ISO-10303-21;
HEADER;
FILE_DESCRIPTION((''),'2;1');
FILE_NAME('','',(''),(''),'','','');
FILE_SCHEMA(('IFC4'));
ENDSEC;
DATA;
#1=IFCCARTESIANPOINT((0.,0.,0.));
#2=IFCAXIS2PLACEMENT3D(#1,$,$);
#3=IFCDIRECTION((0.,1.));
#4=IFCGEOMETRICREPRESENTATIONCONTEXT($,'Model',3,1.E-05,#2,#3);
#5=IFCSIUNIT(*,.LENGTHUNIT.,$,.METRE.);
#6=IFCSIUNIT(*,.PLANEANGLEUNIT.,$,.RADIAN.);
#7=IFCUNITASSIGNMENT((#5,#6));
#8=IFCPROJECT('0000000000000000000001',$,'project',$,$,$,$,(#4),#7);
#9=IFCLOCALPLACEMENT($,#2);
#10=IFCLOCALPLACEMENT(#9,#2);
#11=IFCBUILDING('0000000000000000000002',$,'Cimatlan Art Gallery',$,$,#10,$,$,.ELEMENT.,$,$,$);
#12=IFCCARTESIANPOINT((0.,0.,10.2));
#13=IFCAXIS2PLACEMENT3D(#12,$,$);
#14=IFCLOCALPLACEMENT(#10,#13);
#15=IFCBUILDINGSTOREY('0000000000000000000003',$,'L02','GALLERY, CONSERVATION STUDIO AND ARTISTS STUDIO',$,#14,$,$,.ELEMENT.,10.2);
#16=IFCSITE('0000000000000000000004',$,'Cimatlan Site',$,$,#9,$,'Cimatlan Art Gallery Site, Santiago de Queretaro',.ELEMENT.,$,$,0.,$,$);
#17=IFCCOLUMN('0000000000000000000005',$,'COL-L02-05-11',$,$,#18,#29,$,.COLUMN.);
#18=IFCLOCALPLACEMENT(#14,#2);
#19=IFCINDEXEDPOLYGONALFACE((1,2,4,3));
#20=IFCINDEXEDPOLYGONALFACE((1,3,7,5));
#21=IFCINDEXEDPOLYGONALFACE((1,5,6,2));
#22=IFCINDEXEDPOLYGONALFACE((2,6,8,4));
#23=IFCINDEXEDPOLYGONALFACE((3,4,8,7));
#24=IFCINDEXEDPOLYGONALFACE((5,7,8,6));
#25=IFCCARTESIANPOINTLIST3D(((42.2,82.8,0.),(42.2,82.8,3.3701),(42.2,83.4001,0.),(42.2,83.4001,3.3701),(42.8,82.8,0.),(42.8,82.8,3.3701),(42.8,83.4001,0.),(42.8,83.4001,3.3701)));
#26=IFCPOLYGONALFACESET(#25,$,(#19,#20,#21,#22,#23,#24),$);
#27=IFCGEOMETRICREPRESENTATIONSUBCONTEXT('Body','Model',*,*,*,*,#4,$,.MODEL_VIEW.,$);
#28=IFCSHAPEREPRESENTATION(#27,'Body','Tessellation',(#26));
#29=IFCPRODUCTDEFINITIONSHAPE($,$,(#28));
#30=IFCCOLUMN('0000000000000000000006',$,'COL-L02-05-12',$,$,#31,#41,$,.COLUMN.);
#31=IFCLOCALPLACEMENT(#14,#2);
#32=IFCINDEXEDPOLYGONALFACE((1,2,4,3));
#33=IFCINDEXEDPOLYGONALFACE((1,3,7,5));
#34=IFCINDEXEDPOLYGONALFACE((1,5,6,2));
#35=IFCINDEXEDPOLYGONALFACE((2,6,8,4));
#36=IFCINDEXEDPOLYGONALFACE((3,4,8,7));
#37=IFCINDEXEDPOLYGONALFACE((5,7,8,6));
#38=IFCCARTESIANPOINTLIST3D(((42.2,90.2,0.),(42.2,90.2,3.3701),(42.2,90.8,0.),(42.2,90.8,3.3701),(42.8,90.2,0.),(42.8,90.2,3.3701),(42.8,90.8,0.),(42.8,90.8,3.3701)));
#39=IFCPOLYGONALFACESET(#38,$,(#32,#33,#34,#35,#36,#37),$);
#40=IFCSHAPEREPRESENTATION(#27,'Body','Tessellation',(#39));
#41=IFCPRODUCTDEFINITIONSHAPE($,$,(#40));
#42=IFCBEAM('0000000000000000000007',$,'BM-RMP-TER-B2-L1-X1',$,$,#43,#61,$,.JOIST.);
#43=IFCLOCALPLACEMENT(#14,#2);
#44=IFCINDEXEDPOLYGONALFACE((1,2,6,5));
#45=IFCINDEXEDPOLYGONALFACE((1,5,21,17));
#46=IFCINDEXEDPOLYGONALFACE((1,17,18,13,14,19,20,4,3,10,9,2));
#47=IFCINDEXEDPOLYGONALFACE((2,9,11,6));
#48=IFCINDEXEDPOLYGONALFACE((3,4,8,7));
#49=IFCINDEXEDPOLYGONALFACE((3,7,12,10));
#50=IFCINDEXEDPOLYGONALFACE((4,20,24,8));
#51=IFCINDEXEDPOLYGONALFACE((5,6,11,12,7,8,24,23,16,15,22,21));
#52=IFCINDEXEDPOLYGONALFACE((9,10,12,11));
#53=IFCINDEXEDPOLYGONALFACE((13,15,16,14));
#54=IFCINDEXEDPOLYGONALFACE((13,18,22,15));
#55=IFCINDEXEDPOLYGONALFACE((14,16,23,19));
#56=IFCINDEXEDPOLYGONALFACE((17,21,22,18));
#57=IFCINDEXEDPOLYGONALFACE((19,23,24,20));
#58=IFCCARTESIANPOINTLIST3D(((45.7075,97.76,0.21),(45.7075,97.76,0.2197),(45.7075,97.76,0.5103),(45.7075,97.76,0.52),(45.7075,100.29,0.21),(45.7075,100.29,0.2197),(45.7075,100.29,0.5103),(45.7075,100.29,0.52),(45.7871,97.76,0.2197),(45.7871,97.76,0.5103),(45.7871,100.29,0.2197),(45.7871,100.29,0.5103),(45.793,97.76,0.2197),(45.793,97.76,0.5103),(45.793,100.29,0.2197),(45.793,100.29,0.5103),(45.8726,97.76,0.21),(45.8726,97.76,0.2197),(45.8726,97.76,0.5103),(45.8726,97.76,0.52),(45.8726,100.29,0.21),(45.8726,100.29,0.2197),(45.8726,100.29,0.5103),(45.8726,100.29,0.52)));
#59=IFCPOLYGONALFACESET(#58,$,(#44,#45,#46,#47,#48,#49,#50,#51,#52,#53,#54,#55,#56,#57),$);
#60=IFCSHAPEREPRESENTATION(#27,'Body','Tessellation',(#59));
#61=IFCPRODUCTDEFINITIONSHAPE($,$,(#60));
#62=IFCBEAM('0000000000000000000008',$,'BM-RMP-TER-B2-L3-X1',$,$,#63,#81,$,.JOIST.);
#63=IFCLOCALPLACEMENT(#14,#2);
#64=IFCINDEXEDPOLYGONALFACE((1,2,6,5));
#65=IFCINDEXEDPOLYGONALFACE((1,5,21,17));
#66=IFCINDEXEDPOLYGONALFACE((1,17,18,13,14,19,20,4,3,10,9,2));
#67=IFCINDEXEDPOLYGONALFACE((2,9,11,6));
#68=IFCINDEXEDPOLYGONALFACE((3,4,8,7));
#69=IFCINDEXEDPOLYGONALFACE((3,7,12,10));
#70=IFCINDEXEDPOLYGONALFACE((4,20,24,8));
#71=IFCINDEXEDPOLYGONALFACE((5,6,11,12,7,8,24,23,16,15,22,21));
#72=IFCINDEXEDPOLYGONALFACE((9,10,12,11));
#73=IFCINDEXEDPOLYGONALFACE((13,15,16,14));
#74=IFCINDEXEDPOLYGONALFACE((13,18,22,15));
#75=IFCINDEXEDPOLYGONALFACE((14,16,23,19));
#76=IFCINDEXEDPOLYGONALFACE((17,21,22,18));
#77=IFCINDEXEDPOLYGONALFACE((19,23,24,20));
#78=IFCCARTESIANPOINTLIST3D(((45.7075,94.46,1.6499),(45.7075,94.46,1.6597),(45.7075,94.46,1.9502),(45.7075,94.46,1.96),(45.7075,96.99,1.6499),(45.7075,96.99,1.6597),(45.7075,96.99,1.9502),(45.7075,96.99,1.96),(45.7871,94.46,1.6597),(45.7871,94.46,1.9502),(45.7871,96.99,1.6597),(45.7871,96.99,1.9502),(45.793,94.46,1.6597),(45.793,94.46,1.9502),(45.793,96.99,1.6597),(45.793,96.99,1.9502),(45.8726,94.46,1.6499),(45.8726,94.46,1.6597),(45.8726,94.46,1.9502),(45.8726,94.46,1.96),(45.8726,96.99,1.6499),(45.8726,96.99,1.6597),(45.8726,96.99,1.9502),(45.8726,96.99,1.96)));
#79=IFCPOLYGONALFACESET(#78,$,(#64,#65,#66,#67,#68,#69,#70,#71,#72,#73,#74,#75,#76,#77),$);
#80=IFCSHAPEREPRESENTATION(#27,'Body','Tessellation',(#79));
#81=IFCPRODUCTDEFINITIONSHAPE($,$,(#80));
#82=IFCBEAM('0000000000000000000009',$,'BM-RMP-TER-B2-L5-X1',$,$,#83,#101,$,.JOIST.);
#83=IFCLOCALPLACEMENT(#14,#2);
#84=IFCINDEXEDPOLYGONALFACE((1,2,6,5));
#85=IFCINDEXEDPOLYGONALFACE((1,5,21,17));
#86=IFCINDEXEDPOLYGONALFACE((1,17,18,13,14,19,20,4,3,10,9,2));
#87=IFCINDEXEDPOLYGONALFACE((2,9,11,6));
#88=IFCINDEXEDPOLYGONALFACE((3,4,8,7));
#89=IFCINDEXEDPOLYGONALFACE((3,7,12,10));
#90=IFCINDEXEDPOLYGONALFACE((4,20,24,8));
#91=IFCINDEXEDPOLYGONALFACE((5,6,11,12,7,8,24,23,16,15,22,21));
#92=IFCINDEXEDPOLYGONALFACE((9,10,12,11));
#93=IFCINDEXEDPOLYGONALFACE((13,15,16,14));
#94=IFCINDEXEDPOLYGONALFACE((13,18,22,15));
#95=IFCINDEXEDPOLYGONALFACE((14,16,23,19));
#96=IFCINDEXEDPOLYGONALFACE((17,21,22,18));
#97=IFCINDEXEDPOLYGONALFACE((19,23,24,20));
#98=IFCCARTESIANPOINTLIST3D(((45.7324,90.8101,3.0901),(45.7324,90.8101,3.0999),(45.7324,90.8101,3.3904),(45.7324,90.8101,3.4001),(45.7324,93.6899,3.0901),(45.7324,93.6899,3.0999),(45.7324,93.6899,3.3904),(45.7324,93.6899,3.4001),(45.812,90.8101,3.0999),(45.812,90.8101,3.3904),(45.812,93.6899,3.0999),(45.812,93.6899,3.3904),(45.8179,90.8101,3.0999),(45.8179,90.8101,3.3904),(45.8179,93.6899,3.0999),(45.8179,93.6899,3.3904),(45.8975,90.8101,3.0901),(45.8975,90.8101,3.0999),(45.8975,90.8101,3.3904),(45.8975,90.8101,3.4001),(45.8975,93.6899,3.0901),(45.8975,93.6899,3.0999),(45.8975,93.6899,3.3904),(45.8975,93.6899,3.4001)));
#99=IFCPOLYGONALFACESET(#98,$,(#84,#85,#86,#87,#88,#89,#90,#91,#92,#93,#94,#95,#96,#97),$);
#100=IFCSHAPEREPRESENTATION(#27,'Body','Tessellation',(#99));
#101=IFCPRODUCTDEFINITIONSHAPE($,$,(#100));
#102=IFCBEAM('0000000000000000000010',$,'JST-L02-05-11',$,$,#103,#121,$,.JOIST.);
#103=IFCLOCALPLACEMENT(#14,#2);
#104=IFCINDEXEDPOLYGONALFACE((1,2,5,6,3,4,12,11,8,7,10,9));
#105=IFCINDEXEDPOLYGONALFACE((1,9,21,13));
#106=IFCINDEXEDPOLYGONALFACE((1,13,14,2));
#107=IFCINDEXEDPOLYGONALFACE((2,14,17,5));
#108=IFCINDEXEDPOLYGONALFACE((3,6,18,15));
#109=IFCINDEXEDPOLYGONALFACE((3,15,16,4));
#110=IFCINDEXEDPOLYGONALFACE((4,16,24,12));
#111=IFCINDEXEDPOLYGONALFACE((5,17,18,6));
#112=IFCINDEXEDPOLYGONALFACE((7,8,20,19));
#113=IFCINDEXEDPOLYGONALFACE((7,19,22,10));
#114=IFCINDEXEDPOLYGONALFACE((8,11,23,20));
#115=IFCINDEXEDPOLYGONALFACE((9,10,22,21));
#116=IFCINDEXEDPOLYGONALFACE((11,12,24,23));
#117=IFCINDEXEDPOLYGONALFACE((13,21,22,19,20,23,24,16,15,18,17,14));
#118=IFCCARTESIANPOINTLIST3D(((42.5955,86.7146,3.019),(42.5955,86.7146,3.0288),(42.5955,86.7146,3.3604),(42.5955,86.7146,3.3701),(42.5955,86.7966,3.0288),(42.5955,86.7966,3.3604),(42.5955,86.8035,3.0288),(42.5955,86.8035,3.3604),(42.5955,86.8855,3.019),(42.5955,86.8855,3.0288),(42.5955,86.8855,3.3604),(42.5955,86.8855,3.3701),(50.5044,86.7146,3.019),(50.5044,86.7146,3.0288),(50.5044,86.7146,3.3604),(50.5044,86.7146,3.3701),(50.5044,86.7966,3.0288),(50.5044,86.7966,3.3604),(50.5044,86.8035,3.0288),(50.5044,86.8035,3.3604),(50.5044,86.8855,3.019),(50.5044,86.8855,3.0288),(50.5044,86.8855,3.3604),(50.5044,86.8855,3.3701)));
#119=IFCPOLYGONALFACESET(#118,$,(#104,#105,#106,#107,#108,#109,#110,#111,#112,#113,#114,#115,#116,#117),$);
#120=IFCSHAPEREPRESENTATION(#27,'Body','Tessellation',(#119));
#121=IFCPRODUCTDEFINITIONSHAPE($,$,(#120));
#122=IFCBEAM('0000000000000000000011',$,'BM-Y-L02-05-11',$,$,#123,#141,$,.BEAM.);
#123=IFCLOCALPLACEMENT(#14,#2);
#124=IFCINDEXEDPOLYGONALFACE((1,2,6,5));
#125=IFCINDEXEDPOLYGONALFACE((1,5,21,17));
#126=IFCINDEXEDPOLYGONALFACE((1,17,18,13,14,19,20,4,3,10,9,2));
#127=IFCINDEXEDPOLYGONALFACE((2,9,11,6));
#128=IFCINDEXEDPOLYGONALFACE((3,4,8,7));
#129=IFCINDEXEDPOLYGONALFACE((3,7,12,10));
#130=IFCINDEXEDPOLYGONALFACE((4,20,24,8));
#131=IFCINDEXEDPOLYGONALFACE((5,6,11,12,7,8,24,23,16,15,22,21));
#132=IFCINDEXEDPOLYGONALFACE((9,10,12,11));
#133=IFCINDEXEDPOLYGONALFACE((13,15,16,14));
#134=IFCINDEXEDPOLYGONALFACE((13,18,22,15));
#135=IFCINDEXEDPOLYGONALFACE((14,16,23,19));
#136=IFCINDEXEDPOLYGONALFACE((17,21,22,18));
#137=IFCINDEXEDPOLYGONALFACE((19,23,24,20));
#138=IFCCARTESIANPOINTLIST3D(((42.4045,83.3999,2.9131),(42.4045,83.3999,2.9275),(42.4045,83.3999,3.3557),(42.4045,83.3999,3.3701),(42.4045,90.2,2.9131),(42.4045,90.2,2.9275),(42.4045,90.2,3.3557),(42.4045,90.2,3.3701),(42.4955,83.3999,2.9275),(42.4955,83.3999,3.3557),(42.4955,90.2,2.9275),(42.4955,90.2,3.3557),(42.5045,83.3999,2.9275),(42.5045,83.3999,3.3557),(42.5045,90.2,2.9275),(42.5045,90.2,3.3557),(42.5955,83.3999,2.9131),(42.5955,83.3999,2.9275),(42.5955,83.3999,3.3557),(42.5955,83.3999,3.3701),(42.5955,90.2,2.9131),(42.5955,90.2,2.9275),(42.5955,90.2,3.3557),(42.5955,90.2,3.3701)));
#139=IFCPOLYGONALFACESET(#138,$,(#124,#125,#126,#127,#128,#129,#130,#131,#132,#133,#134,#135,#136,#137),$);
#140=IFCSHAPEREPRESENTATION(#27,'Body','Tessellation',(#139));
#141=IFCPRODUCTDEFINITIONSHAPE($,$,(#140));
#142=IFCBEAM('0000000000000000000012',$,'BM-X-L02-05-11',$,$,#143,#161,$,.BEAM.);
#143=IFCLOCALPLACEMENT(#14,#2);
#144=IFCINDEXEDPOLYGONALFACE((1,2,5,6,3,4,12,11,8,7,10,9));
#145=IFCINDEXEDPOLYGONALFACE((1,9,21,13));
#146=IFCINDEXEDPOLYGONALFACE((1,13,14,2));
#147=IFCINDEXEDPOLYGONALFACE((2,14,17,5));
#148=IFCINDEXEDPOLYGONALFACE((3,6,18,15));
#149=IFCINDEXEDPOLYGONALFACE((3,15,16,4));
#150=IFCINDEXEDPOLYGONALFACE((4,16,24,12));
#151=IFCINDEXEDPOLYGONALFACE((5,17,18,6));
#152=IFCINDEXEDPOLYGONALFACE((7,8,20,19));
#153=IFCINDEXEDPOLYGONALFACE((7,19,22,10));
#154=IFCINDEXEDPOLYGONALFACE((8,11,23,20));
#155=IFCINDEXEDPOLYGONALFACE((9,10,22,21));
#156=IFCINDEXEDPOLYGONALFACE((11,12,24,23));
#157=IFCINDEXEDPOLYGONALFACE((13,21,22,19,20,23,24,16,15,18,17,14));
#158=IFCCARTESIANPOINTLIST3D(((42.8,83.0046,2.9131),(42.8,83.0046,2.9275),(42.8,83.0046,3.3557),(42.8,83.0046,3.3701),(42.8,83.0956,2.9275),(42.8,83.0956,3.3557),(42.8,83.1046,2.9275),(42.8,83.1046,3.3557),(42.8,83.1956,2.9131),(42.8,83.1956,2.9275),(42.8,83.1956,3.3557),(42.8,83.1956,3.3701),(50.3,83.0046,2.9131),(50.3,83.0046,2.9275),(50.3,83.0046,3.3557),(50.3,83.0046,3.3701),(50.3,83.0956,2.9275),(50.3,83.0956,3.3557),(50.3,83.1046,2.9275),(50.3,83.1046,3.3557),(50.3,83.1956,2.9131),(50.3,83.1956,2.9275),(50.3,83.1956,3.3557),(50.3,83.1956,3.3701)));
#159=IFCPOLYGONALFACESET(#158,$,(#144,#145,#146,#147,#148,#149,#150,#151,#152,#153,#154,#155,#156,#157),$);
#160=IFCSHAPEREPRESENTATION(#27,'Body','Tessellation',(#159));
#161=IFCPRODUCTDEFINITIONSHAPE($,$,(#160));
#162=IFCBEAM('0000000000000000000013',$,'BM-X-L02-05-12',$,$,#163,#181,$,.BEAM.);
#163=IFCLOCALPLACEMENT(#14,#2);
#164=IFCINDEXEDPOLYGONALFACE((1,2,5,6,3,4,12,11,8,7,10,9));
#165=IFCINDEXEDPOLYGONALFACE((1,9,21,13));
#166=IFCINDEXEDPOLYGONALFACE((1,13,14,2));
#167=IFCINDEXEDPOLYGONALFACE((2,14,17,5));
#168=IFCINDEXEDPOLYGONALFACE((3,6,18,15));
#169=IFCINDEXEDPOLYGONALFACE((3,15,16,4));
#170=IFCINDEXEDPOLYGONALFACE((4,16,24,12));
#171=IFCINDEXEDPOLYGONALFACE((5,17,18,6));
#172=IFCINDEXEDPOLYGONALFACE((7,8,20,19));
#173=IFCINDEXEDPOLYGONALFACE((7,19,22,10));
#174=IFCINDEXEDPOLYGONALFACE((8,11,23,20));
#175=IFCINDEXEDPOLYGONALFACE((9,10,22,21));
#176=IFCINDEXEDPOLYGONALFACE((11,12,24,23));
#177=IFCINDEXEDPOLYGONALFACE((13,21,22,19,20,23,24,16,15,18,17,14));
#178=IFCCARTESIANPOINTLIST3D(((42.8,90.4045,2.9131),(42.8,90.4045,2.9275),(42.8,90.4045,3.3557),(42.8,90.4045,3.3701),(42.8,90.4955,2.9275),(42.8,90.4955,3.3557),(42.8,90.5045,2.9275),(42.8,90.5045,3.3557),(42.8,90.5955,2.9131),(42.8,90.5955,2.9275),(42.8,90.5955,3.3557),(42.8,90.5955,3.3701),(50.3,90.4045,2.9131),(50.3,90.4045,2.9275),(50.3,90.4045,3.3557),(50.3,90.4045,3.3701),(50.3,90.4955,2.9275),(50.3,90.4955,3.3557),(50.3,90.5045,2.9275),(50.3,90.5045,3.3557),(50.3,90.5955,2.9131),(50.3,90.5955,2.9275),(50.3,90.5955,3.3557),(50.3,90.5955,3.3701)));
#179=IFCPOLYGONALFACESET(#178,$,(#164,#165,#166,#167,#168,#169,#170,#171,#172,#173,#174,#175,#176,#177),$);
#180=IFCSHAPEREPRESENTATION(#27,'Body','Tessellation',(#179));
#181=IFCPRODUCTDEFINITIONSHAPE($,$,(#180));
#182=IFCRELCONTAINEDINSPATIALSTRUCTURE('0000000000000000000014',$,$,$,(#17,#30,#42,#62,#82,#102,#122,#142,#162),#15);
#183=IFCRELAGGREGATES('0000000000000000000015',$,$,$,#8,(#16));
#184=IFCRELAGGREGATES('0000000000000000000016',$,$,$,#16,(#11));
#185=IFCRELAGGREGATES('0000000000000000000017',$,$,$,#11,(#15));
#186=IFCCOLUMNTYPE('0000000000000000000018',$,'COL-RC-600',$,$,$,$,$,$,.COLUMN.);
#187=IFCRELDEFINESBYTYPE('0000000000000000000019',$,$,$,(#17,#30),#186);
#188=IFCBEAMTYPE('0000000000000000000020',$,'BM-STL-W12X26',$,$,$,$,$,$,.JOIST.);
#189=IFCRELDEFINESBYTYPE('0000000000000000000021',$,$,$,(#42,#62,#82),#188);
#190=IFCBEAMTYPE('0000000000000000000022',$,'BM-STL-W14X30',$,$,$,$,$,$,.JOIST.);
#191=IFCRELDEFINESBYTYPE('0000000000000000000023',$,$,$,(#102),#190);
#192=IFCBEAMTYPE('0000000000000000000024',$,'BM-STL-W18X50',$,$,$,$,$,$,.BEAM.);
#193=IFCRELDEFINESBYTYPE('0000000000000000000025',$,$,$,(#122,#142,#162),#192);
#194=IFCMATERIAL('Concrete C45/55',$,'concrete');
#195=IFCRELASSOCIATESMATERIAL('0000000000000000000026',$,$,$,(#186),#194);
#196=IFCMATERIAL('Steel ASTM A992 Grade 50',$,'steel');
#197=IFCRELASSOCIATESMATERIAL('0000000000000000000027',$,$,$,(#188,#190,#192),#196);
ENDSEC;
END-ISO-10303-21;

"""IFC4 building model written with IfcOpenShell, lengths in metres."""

from ifc_helpers import new_model, si_unit, direction, frame, origin, origin_2d, place, context, subcontext, project, spatial, rectangle, i_section, extrude, material, material_profile, profile_set, type_object, element, save


model = new_model("IFC4")

# Units and contexts
model_context = context("Model", 3, precision=1e-05, world=origin(), true_north=direction((0.0, 1.0)))
body_context = subcontext(model_context, "Body", "Model", "MODEL_VIEW")
ifc_project = project(units=[si_unit("LENGTHUNIT", "METRE"), si_unit("PLANEANGLEUNIT", "RADIAN")], contexts=[model_context])

# Site, building, storey
site_placement = place(None, origin())
site = spatial("IfcSite", under=ifc_project, at=site_placement, Name="Cimatlan Site", LongName="Cimatlan Art Gallery Site, Santiago de Queretaro", CompositionType="ELEMENT", RefElevation=0.0)
building_placement = place(site_placement, origin())
building = spatial("IfcBuilding", under=site, at=building_placement, Name="Cimatlan Art Gallery", CompositionType="ELEMENT")
storey_placement = place(building_placement, frame((0.0, 0.0, 10.2)))
storey = spatial("IfcBuildingStorey", under=building, at=storey_placement, Name="L02", Description="GALLERY, CONSERVATION STUDIO AND ARTISTS STUDIO", CompositionType="ELEMENT", Elevation=10.2)

# Columns
ifc_material_1 = material(Name="Concrete C45/55", Category="concrete")
ifc_material_profile_1 = material_profile(ifc_material_1, rectangle(XDim=0.6001, YDim=0.6001, at=origin_2d()), Name="RC600X600")
ifc_profile_set_1 = profile_set([ifc_material_profile_1], Name="Concrete C45/55")
column_type = type_object("IfcColumnType", Name="COL-RC-600", PredefinedType="COLUMN", material=ifc_profile_set_1)
for number, where, z_axis, x_axis, name in (
    (1, (42.5, 83.1001, 0.0), (0.0, 0.0, 1.0), (1.0, 0.0, 0.0), "COL-L02-05-11"),
    (2, (42.5, 90.5, 0.0), (0.0, 0.0, 1.0), (1.0, 0.0, 0.0), "COL-L02-05-12"),
):
    element("IfcColumn", number, at=place(storey_placement, frame(where, z_axis=z_axis, x_axis=x_axis)), inside=storey, type_object=column_type, Name=name, PredefinedType="COLUMN", context=body_context, shape_type="SweptSolid", body=[
        extrude(rectangle(XDim=0.6001, YDim=0.6001, at=origin_2d()), origin(), (0.0, 0.0, 1.0), 3.3701),
    ])

# Beams
ifc_material_2 = material(Name="Steel ASTM A992 Grade 50", Category="steel")
ifc_material_profile_2 = material_profile(ifc_material_2, i_section(OverallWidth=0.165, OverallDepth=0.3101, WebThickness=0.0059, FlangeThickness=0.0098, at=origin_2d()), Name="W12X26")
ifc_profile_set_2 = profile_set([ifc_material_profile_2], Name="Steel ASTM A992 Grade 50")
beam_type_1 = type_object("IfcBeamType", Name="BM-STL-W12X26", PredefinedType="JOIST", material=ifc_profile_set_2)
for number, where, z_axis, x_axis, name in (
    (3, (45.79, 97.76, 0.365), (0.0, 1.0, 0.0), (-1.0, 0.0, 0.0), "BM-RMP-TER-B2-L1-X1"),
    (4, (45.79, 94.46, 1.8049), (0.0, 1.0, 0.0), (-1.0, 0.0, 0.0), "BM-RMP-TER-B2-L3-X1"),
):
    element("IfcBeam", number, at=place(storey_placement, frame(where, z_axis=z_axis, x_axis=x_axis)), inside=storey, type_object=beam_type_1, Name=name, PredefinedType="JOIST", context=body_context, shape_type="SweptSolid", body=[
        extrude(i_section(OverallWidth=0.165, OverallDepth=0.3101, WebThickness=0.0059, FlangeThickness=0.0098, at=origin_2d()), origin(), (0.0, 0.0, 1.0), 2.53),
    ])
beam_1_placement = place(storey_placement, frame((45.8149, 90.8101, 3.2451), z_axis=(0.0, 1.0, 0.0), x_axis=(-1.0, 0.0, 0.0)))
element("IfcBeam", 5, at=beam_1_placement, inside=storey, type_object=beam_type_1, Name="BM-RMP-TER-B2-L5-X1", PredefinedType="JOIST", context=body_context, shape_type="SweptSolid", body=[
    extrude(i_section(OverallWidth=0.165, OverallDepth=0.3101, WebThickness=0.0059, FlangeThickness=0.0098, at=origin_2d()), origin(), (0.0, 0.0, 1.0), 2.8799),
])
ifc_material_profile_3 = material_profile(ifc_material_2, i_section(OverallWidth=0.1709, OverallDepth=0.3511, WebThickness=0.0068, FlangeThickness=0.0098, at=origin_2d()), Name="W14X30")
ifc_profile_set_3 = profile_set([ifc_material_profile_3], Name="Steel ASTM A992 Grade 50")
beam_type_2 = type_object("IfcBeamType", Name="BM-STL-W14X30", PredefinedType="JOIST", material=ifc_profile_set_3)
beam_2_placement = place(storey_placement, frame((42.5955, 86.8, 3.1946), z_axis=(1.0, 0.0, 0.0), x_axis=(0.0, 1.0, 0.0)))
element("IfcBeam", 6, at=beam_2_placement, inside=storey, type_object=beam_type_2, Name="JST-L02-05-11", PredefinedType="JOIST", context=body_context, shape_type="SweptSolid", body=[
    extrude(i_section(OverallWidth=0.1709, OverallDepth=0.3511, WebThickness=0.0068, FlangeThickness=0.0098, at=origin_2d()), origin(), (0.0, 0.0, 1.0), 7.9089),
])
ifc_material_profile_4 = material_profile(ifc_material_2, i_section(OverallWidth=0.1909, OverallDepth=0.457, WebThickness=0.009, FlangeThickness=0.0144, at=origin_2d()), Name="W18X50")
ifc_profile_set_4 = profile_set([ifc_material_profile_4], Name="Steel ASTM A992 Grade 50")
beam_type_3 = type_object("IfcBeamType", Name="BM-STL-W18X50", PredefinedType="BEAM", material=ifc_profile_set_4)
beam_3_placement = place(storey_placement, frame((42.5, 83.3999, 3.1416), z_axis=(0.0, 1.0, 0.0), x_axis=(-1.0, 0.0, 0.0)))
element("IfcBeam", 7, at=beam_3_placement, inside=storey, type_object=beam_type_3, Name="BM-Y-L02-05-11", PredefinedType="BEAM", context=body_context, shape_type="SweptSolid", body=[
    extrude(i_section(OverallWidth=0.1909, OverallDepth=0.457, WebThickness=0.009, FlangeThickness=0.0144, at=origin_2d()), origin(), (0.0, 0.0, 1.0), 6.8),
])
for number, where, z_axis, x_axis, name in (
    (8, (42.8, 83.1001, 3.1416), (1.0, 0.0, 0.0), (0.0, 1.0, 0.0), "BM-X-L02-05-11"),
    (9, (42.8, 90.5, 3.1416), (1.0, 0.0, 0.0), (0.0, 1.0, 0.0), "BM-X-L02-05-12"),
):
    element("IfcBeam", number, at=place(storey_placement, frame(where, z_axis=z_axis, x_axis=x_axis)), inside=storey, type_object=beam_type_3, Name=name, PredefinedType="BEAM", context=body_context, shape_type="SweptSolid", body=[
        extrude(i_section(OverallWidth=0.1909, OverallDepth=0.457, WebThickness=0.009, FlangeThickness=0.0144, at=origin_2d()), origin(), (0.0, 0.0, 1.0), 7.5),
    ])

save(model, "model.ifc")
